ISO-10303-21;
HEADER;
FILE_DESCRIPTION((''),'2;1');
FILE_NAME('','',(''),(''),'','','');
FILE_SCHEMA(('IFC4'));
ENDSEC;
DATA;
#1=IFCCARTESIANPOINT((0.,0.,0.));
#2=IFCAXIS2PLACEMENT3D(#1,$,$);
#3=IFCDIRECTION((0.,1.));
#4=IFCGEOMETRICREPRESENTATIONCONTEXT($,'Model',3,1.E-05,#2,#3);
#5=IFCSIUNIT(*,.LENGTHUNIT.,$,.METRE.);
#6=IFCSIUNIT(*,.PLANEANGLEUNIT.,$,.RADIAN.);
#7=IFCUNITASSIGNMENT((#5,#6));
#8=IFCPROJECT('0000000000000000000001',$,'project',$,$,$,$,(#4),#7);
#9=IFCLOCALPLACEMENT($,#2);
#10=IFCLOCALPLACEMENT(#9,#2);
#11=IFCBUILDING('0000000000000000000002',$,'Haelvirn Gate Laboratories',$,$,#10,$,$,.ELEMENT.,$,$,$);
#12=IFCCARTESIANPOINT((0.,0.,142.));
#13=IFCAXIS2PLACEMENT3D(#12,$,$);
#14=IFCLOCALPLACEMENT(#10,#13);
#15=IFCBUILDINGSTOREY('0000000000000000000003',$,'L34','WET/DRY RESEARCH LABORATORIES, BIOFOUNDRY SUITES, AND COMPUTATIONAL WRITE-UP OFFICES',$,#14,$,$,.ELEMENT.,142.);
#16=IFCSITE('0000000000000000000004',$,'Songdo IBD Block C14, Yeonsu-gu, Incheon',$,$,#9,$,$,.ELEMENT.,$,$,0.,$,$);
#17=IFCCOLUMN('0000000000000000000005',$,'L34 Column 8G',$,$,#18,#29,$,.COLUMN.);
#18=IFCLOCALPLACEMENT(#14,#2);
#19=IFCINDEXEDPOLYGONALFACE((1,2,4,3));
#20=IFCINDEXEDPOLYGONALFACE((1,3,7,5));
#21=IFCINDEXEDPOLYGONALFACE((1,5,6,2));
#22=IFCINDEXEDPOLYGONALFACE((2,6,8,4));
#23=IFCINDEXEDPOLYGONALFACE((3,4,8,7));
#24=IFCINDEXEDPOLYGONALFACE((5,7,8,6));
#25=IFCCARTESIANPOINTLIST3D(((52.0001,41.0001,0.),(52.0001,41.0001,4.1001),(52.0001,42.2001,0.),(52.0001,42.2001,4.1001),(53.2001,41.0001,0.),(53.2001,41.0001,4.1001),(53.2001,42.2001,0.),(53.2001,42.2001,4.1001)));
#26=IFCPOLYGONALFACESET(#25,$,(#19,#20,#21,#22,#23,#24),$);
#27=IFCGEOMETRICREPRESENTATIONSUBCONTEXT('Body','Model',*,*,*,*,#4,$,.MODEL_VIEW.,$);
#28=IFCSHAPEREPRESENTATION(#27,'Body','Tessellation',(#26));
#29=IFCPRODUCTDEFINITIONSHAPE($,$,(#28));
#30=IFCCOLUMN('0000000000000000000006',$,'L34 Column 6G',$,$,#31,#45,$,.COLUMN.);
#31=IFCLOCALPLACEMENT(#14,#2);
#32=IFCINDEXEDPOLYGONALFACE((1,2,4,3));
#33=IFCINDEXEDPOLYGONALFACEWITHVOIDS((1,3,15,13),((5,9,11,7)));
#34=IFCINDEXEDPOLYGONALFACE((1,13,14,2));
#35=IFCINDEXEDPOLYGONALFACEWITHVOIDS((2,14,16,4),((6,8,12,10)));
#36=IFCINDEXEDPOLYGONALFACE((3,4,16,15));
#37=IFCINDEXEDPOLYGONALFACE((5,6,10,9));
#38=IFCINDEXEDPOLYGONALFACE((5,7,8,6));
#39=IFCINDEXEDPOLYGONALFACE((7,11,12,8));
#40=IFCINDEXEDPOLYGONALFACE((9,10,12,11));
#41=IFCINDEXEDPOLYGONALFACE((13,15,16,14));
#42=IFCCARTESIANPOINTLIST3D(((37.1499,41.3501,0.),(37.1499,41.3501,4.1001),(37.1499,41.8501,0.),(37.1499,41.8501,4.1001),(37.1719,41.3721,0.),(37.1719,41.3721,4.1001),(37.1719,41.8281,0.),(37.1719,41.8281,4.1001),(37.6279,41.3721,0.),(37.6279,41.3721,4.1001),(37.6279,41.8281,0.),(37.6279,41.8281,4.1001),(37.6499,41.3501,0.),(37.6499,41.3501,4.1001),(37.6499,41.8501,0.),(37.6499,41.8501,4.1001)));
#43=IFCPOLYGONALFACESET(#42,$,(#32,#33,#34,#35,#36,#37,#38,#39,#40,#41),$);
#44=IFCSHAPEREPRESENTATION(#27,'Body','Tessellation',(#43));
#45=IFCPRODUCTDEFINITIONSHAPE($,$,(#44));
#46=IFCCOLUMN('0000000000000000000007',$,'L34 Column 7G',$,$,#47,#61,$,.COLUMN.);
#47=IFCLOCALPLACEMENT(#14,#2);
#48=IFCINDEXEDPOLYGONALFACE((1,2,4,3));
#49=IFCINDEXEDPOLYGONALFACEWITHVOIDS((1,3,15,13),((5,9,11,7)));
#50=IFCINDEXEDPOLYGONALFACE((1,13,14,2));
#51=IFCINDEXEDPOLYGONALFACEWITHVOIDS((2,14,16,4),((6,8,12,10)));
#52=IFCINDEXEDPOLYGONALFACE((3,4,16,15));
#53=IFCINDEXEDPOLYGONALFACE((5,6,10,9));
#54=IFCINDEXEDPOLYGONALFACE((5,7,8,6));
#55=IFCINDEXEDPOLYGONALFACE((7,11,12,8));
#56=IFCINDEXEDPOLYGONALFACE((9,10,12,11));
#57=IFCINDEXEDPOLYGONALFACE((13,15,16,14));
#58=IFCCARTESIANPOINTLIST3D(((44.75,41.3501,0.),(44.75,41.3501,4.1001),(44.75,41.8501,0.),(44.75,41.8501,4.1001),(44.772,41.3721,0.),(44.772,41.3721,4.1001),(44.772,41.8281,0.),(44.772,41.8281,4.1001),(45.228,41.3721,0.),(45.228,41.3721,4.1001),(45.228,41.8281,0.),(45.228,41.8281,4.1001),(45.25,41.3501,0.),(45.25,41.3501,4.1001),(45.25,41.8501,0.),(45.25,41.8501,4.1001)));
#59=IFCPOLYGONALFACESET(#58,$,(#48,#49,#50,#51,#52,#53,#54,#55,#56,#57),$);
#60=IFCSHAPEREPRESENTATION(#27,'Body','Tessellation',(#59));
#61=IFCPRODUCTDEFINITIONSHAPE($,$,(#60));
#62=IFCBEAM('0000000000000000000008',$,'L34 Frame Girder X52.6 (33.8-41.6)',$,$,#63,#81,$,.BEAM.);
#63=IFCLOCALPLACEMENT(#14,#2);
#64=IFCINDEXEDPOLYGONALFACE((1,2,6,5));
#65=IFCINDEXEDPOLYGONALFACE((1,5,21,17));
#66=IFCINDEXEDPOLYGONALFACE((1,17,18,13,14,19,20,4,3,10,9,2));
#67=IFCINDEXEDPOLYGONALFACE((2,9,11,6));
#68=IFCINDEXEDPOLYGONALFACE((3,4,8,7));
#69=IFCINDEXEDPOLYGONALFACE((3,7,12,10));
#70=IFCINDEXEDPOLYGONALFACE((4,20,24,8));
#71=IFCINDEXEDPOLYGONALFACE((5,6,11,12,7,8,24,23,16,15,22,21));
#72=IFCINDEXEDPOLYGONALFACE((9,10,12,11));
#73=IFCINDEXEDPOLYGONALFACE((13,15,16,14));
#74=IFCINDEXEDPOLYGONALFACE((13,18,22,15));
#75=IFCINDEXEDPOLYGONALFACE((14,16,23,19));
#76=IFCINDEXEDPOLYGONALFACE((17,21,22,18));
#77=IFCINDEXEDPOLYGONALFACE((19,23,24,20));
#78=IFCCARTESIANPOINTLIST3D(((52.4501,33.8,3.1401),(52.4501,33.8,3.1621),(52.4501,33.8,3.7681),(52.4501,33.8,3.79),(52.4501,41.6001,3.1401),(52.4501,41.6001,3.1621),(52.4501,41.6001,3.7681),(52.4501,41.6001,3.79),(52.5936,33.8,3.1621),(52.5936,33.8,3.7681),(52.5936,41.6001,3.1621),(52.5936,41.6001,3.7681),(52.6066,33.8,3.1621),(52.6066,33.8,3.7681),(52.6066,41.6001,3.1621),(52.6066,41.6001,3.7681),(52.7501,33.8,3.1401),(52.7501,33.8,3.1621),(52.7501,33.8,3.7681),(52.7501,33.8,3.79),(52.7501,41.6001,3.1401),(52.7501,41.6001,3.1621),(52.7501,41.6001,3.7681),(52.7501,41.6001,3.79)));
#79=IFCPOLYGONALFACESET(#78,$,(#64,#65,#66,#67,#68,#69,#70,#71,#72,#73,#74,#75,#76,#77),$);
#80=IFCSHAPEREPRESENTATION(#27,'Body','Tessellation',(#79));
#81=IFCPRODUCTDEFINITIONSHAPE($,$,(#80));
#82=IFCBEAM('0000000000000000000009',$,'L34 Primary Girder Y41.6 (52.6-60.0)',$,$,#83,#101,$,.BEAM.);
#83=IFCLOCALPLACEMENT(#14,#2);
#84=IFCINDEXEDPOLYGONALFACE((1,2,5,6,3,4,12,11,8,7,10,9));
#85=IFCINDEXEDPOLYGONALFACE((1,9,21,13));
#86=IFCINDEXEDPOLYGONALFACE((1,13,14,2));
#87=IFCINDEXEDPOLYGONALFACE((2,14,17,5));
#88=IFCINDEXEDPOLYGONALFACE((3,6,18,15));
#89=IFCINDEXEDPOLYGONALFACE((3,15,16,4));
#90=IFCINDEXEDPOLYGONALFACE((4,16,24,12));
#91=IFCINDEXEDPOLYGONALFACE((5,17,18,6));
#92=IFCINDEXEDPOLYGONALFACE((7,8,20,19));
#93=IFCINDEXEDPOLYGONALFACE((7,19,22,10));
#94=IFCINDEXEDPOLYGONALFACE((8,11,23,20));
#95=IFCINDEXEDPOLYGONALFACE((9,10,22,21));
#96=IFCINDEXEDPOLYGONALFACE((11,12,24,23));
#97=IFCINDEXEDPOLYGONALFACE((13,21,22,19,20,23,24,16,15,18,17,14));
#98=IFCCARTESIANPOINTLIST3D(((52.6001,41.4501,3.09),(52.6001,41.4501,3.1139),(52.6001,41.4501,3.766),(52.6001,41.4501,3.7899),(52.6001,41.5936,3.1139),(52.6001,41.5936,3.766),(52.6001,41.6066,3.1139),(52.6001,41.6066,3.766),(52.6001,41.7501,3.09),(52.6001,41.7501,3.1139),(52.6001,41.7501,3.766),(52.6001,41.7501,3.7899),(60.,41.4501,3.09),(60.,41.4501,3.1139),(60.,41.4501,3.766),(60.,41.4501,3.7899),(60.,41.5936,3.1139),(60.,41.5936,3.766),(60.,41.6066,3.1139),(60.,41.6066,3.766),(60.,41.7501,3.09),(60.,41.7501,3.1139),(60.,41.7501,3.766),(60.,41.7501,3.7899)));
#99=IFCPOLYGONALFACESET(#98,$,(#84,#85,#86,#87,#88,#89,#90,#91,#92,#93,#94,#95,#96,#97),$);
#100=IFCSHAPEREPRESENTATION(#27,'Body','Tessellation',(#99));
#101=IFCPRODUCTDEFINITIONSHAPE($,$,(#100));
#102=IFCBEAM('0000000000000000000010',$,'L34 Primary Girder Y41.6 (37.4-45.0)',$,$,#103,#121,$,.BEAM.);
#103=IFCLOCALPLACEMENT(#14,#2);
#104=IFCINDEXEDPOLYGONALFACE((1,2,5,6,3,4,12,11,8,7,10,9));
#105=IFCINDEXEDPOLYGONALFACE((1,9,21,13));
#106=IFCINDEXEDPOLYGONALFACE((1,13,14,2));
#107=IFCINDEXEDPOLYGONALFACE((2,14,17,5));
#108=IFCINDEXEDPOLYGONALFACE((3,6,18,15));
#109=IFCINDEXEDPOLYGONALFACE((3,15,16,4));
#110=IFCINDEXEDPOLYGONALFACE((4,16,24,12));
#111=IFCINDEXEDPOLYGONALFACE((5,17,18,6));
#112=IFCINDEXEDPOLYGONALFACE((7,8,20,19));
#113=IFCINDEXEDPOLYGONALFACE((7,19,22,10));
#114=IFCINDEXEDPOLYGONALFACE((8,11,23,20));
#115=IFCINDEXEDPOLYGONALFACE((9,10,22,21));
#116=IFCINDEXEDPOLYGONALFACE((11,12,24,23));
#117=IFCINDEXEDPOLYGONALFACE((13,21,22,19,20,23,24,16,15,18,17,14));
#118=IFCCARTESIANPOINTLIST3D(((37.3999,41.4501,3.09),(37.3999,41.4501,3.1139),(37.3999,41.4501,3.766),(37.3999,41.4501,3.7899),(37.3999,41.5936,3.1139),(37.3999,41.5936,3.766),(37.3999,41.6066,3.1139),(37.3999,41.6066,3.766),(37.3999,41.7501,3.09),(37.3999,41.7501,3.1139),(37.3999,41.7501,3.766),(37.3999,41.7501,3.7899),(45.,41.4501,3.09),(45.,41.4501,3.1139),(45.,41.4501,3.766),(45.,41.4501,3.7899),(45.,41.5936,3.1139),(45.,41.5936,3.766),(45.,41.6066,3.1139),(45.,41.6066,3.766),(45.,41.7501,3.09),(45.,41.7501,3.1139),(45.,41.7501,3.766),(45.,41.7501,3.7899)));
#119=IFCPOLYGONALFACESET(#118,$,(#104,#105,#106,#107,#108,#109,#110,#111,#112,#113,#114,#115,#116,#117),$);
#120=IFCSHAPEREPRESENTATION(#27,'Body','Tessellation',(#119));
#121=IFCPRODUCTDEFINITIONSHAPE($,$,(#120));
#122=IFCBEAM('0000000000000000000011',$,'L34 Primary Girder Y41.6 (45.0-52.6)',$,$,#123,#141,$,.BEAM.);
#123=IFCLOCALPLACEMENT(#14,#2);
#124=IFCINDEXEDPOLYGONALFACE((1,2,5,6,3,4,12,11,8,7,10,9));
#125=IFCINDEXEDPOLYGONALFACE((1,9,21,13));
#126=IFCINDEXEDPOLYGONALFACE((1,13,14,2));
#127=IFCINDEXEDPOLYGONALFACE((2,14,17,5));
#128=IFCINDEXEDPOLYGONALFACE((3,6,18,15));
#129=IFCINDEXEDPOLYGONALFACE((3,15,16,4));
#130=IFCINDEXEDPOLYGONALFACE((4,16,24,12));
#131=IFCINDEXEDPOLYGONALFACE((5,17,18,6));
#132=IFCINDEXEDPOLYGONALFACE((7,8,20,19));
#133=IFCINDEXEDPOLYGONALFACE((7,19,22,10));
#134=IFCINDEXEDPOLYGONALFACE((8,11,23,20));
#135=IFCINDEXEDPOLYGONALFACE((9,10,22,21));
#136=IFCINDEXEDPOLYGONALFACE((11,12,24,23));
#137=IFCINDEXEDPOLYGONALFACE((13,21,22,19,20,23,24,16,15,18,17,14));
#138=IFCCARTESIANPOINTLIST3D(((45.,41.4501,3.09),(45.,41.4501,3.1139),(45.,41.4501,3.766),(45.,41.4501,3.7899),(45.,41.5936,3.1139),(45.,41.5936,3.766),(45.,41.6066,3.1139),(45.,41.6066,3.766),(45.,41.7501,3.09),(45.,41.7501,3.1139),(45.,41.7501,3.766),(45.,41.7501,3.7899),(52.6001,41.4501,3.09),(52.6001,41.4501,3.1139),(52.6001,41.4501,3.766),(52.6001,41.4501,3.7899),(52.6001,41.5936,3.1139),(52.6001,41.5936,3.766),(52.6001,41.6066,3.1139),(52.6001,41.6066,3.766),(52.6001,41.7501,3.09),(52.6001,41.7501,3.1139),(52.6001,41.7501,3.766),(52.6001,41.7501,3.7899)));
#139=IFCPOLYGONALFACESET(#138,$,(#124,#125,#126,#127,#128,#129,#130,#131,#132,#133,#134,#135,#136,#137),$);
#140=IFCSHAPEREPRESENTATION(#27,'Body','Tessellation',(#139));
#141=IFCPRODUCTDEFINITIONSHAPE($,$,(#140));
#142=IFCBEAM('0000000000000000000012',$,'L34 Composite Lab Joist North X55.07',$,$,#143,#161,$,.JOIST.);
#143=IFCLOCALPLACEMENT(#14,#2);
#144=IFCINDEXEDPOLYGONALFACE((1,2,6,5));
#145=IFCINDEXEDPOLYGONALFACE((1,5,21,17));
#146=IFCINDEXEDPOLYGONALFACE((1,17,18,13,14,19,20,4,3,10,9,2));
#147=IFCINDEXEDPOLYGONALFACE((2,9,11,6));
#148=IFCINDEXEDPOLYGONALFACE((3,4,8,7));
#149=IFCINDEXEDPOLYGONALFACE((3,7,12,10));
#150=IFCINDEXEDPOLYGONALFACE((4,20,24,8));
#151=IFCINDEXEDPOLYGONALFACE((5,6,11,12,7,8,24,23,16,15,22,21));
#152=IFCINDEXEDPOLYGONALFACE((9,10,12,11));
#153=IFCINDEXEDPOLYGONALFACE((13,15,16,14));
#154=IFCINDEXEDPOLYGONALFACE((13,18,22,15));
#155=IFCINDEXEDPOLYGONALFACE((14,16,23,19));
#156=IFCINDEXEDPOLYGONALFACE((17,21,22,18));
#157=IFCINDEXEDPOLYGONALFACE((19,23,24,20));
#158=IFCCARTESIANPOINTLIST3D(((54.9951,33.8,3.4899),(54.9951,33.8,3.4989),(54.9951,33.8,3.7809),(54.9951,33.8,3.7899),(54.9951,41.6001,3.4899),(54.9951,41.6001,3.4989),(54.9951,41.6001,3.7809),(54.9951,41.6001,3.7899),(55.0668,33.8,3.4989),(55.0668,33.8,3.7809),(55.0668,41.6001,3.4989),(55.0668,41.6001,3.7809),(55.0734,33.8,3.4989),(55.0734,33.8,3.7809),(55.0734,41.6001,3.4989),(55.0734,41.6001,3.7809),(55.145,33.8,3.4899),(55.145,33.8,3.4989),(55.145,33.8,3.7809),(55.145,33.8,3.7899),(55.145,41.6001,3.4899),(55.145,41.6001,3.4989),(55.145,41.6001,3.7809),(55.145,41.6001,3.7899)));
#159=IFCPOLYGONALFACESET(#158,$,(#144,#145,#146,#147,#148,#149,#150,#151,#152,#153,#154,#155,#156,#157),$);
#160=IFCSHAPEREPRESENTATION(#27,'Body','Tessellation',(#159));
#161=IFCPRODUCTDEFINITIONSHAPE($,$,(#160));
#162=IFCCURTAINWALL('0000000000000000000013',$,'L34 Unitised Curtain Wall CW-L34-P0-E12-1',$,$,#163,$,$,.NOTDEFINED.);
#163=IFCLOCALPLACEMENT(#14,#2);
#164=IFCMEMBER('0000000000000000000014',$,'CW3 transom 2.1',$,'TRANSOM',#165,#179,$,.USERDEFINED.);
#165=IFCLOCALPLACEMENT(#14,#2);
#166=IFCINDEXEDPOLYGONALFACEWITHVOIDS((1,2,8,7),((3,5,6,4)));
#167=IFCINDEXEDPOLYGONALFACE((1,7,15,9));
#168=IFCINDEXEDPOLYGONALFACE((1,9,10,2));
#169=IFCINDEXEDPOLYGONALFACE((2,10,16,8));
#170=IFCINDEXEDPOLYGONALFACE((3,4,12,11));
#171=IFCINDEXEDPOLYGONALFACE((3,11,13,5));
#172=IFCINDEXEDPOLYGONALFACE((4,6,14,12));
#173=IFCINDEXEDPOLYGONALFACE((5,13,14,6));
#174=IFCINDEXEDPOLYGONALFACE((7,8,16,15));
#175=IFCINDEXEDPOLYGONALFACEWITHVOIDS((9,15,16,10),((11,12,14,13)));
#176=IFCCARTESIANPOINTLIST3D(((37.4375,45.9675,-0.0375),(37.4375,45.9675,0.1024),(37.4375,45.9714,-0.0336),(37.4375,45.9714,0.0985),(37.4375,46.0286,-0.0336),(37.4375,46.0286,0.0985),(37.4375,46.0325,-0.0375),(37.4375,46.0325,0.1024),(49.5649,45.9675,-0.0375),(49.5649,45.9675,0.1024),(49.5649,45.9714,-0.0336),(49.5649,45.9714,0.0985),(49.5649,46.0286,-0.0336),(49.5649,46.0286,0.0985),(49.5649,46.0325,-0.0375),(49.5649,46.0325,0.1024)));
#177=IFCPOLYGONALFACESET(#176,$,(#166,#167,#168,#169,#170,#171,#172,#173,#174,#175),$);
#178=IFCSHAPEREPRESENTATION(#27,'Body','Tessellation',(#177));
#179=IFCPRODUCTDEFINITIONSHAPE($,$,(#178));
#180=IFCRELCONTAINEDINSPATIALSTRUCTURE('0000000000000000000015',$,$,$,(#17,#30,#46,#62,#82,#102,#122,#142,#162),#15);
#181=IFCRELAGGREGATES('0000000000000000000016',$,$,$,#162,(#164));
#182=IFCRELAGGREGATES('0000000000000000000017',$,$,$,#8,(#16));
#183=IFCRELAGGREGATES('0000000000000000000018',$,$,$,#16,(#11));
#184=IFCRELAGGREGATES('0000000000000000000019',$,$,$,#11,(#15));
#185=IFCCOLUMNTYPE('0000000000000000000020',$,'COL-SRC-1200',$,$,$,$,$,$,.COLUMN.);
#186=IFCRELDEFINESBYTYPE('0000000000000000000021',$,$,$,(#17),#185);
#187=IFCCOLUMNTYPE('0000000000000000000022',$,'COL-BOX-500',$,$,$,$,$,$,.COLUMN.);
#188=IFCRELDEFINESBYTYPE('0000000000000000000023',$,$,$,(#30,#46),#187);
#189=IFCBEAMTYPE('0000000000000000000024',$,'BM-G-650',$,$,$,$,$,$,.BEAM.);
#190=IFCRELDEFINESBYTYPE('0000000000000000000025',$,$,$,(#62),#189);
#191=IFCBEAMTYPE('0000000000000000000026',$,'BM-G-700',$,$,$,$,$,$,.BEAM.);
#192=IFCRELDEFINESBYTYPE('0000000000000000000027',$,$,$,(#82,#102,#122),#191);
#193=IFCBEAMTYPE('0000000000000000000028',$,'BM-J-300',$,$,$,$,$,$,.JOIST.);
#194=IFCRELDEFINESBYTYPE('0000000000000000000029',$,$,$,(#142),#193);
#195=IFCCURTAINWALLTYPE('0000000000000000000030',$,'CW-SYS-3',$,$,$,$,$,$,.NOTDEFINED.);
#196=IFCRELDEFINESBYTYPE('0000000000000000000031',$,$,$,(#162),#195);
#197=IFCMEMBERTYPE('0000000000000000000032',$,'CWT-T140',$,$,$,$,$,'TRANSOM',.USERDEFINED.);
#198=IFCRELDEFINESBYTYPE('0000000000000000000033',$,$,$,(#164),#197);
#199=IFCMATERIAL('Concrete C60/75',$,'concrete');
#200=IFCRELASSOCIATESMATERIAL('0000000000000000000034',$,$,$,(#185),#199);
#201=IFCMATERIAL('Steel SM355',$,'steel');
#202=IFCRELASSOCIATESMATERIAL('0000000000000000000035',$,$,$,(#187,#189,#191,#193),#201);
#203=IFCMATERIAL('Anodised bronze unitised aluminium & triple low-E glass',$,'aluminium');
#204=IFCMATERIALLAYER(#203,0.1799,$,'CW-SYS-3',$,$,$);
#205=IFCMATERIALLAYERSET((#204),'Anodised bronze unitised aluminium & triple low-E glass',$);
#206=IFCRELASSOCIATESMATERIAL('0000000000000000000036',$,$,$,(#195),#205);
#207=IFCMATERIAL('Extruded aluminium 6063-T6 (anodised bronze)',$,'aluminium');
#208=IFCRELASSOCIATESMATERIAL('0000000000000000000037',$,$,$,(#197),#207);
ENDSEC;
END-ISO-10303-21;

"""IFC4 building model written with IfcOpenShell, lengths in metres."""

from ifc_helpers import new_model, si_unit, direction, frame, origin, origin_2d, place, context, subcontext, project, spatial, rectangle, hollow_rectangle, i_section, extrude, source, transform, mapped, material, layer, layer_set, material_profile, profile_set, type_object, type_shapes, element, aggregate, save


model = new_model("IFC4")

# Units and contexts
model_context = context("Model", 3, precision=1e-05, world=origin(), true_north=direction((0.0, 1.0)))
body_context = subcontext(model_context, "Body", "Model", "MODEL_VIEW")
ifc_project = project(units=[si_unit("LENGTHUNIT", "METRE"), si_unit("PLANEANGLEUNIT", "RADIAN")], contexts=[model_context])

# Site, building, storey
site_placement = place(None, origin())
site = spatial("IfcSite", under=ifc_project, at=site_placement, Name="Songdo IBD Block C14, Yeonsu-gu, Incheon", CompositionType="ELEMENT", RefElevation=0.0)
building_placement = place(site_placement, origin())
building = spatial("IfcBuilding", under=site, at=building_placement, Name="Haelvirn Gate Laboratories", CompositionType="ELEMENT")
storey_placement = place(building_placement, frame((0.0, 0.0, 142.0)))
storey = spatial("IfcBuildingStorey", under=building, at=storey_placement, Name="L34", Description="WET/DRY RESEARCH LABORATORIES, BIOFOUNDRY SUITES, AND COMPUTATIONAL WRITE-UP OFFICES", CompositionType="ELEMENT", Elevation=142.0)

# Columns
ifc_material_1 = material(Name="Concrete C60/75", Category="concrete")
ifc_material_profile_1 = material_profile(ifc_material_1, rectangle(XDim=1.2, YDim=1.2, at=origin_2d()), Name="SRC-1200x1200")
ifc_profile_set_1 = profile_set([ifc_material_profile_1], Name="Concrete C60/75")
column_type_1 = type_object("IfcColumnType", Name="COL-SRC-1200", PredefinedType="COLUMN", material=ifc_profile_set_1)
shared_shape_1 = source(origin(), body_context, "Body", "SweptSolid", [
    extrude(rectangle(XDim=1.2, YDim=1.2, at=origin_2d()), origin(), (0.0, 0.0, 1.0), 4.1001),
])
type_shapes(column_type_1, [shared_shape_1])
column_placement = place(storey_placement, frame((52.6001, 41.6001, 0.0), z_axis=(0.0, 0.0, 1.0), x_axis=(1.0, 0.0, 0.0)))
element("IfcColumn", 1, at=column_placement, inside=storey, type_object=column_type_1, Name="L34 Column 8G", PredefinedType="COLUMN", context=body_context, shape_type="MappedRepresentation", body=[
    mapped(shared_shape_1, transform((0.0, 0.0, 0.0), scale=1.0)),
])
ifc_material_2 = material(Name="Steel SM355", Category="steel")
ifc_material_profile_2 = material_profile(ifc_material_2, hollow_rectangle(XDim=0.5, YDim=0.5, WallThickness=0.022, at=origin_2d()), Name="BOX-500x500x22")
ifc_profile_set_2 = profile_set([ifc_material_profile_2], Name="Steel SM355")
column_type_2 = type_object("IfcColumnType", Name="COL-BOX-500", PredefinedType="COLUMN", material=ifc_profile_set_2)
shared_shape_2 = source(origin(), body_context, "Body", "SweptSolid", [
    extrude(hollow_rectangle(XDim=0.5, YDim=0.5, WallThickness=0.022, at=origin_2d()), origin(), (0.0, 0.0, 1.0), 4.1001),
])
type_shapes(column_type_2, [shared_shape_2])
for number, where, z_axis, x_axis, name in (
    (2, (37.3999, 41.6001, 0.0), (0.0, 0.0, 1.0), (1.0, 0.0, 0.0), "L34 Column 6G"),
    (3, (45.0, 41.6001, 0.0), (0.0, 0.0, 1.0), (1.0, 0.0, 0.0), "L34 Column 7G"),
):
    element("IfcColumn", number, at=place(storey_placement, frame(where, z_axis=z_axis, x_axis=x_axis)), inside=storey, type_object=column_type_2, Name=name, PredefinedType="COLUMN", context=body_context, shape_type="MappedRepresentation", body=[
        mapped(shared_shape_2, transform((0.0, 0.0, 0.0), scale=1.0)),
    ])

# Beams
ifc_material_profile_3 = material_profile(ifc_material_2, i_section(OverallWidth=0.3, OverallDepth=0.6499, WebThickness=0.0129, FlangeThickness=0.022, at=origin_2d()), Name="H-650x300x13x22")
ifc_profile_set_3 = profile_set([ifc_material_profile_3], Name="Steel SM355")
beam_type_1 = type_object("IfcBeamType", Name="BM-G-650", PredefinedType="BEAM", material=ifc_profile_set_3)
shared_shape_3 = source(origin(), body_context, "Body", "SweptSolid", [
    extrude(i_section(OverallWidth=0.3, OverallDepth=0.6499, WebThickness=0.0129, FlangeThickness=0.022, at=origin_2d()), origin(), (0.0, 0.0, 1.0), 7.8),
])
type_shapes(beam_type_1, [shared_shape_3])
beam_1_placement = place(storey_placement, frame((52.6001, 33.8, 3.4651), z_axis=(0.0, 1.0, 0.0), x_axis=(-1.0, 0.0, 0.0)))
element("IfcBeam", 4, at=beam_1_placement, inside=storey, type_object=beam_type_1, Name="L34 Frame Girder X52.6 (33.8-41.6)", PredefinedType="BEAM", context=body_context, shape_type="MappedRepresentation", body=[
    mapped(shared_shape_3, transform((0.0, 0.0, 0.0), scale=1.0)),
])
ifc_material_profile_4 = material_profile(ifc_material_2, i_section(OverallWidth=0.3, OverallDepth=0.7, WebThickness=0.0129, FlangeThickness=0.0239, at=origin_2d()), Name="H-700x300x13x24")
ifc_profile_set_4 = profile_set([ifc_material_profile_4], Name="Steel SM355")
beam_type_2 = type_object("IfcBeamType", Name="BM-G-700", PredefinedType="BEAM", material=ifc_profile_set_4)
shared_shape_4 = source(origin(), body_context, "Body", "SweptSolid", [
    extrude(i_section(OverallWidth=0.3, OverallDepth=0.7, WebThickness=0.0129, FlangeThickness=0.0239, at=origin_2d()), origin(), (0.0, 0.0, 1.0), 7.3999),
])
beam_2_placement = place(storey_placement, frame((52.6001, 41.6001, 3.4399), z_axis=(1.0, 0.0, 0.0), x_axis=(0.0, 1.0, 0.0)))
element("IfcBeam", 5, at=beam_2_placement, inside=storey, type_object=beam_type_2, Name="L34 Primary Girder Y41.6 (52.6-60.0)", PredefinedType="BEAM", context=body_context, shape_type="MappedRepresentation", body=[
    mapped(shared_shape_4, transform((0.0, 0.0, 0.0), scale=1.0)),
])
shared_shape_5 = source(origin(), body_context, "Body", "SweptSolid", [
    extrude(i_section(OverallWidth=0.3, OverallDepth=0.7, WebThickness=0.0129, FlangeThickness=0.0239, at=origin_2d()), origin(), (0.0, 0.0, 1.0), 7.6001),
])
type_shapes(beam_type_2, [shared_shape_4, shared_shape_5])
for number, where, z_axis, x_axis, name in (
    (6, (37.3999, 41.6001, 3.4399), (1.0, 0.0, 0.0), (0.0, 1.0, 0.0), "L34 Primary Girder Y41.6 (37.4-45.0)"),
    (7, (45.0, 41.6001, 3.4399), (1.0, 0.0, 0.0), (0.0, 1.0, 0.0), "L34 Primary Girder Y41.6 (45.0-52.6)"),
):
    element("IfcBeam", number, at=place(storey_placement, frame(where, z_axis=z_axis, x_axis=x_axis)), inside=storey, type_object=beam_type_2, Name=name, PredefinedType="BEAM", context=body_context, shape_type="MappedRepresentation", body=[
        mapped(shared_shape_5, transform((0.0, 0.0, 0.0), scale=1.0)),
    ])
ifc_material_profile_5 = material_profile(ifc_material_2, i_section(OverallWidth=0.1499, OverallDepth=0.3, WebThickness=0.0066, FlangeThickness=0.009, at=origin_2d()), Name="H-300x150x6.5x9")
ifc_profile_set_5 = profile_set([ifc_material_profile_5], Name="Steel SM355")
beam_type_3 = type_object("IfcBeamType", Name="BM-J-300", PredefinedType="JOIST", material=ifc_profile_set_5)
shared_shape_6 = source(origin(), body_context, "Body", "SweptSolid", [
    extrude(i_section(OverallWidth=0.1499, OverallDepth=0.3, WebThickness=0.0066, FlangeThickness=0.009, at=origin_2d()), origin(), (0.0, 0.0, 1.0), 7.8),
])
type_shapes(beam_type_3, [shared_shape_6])
beam_3_placement = place(storey_placement, frame((55.0701, 33.8, 3.6399), z_axis=(0.0, 1.0, 0.0), x_axis=(-1.0, 0.0, 0.0)))
element("IfcBeam", 8, at=beam_3_placement, inside=storey, type_object=beam_type_3, Name="L34 Composite Lab Joist North X55.07", PredefinedType="JOIST", context=body_context, shape_type="MappedRepresentation", body=[
    mapped(shared_shape_6, transform((0.0, 0.0, 0.0), scale=1.0)),
])

# Curtain wall, member
ifc_material_3 = material(Name="Anodised bronze unitised aluminium & triple low-E glass", Category="aluminium")
ifc_layer_1 = layer(ifc_material_3, 0.1799, Name="CW-SYS-3")
ifc_layer_set_1 = layer_set([ifc_layer_1], Name="Anodised bronze unitised aluminium & triple low-E glass")
curtain_wall_type = type_object("IfcCurtainWallType", Name="CW-SYS-3", PredefinedType="NOTDEFINED", material=ifc_layer_set_1)
curtain_wall_1_placement = place(storey_placement, origin())
curtain_wall_1 = element("IfcCurtainWall", 9, at=curtain_wall_1_placement, inside=storey, type_object=curtain_wall_type, Name="L34 Unitised Curtain Wall CW-L34-P0-E12-1", PredefinedType="NOTDEFINED")
ifc_material_4 = material(Name="Extruded aluminium 6063-T6 (anodised bronze)", Category="aluminium")
ifc_material_profile_6 = material_profile(ifc_material_4, hollow_rectangle(XDim=0.0649, YDim=0.1399, WallThickness=0.0039, at=origin_2d()), Name="CWT-140x65x4")
ifc_profile_set_6 = profile_set([ifc_material_profile_6], Name="Extruded aluminium 6063-T6 (anodised bronze)")
member_type_1 = type_object("IfcMemberType", Name="CWT-T140", ElementType="TRANSOM", PredefinedType="USERDEFINED", material=ifc_profile_set_6)
shared_shape_7 = source(origin(), body_context, "Body", "SweptSolid", [
    extrude(hollow_rectangle(XDim=0.0649, YDim=0.1399, WallThickness=0.0039, at=origin_2d()), origin(), (0.0, 0.0, 1.0), 12.1274),
])
member_1_placement = place(storey_placement, frame((37.4375, 46.0, 0.0325), z_axis=(1.0, 0.0, 0.0), x_axis=(0.0, 1.0, 0.0)))
member_1 = element("IfcMember", 10, at=member_1_placement, type_object=member_type_1, Name="CW3 transom 2.1", ObjectType="TRANSOM", PredefinedType="USERDEFINED", context=body_context, shape_type="MappedRepresentation", body=[
    mapped(shared_shape_7, transform((0.0, 0.0, 0.0), scale=1.0)),
])

aggregate(curtain_wall_1, [member_1])

save(model, "model.ifc")
